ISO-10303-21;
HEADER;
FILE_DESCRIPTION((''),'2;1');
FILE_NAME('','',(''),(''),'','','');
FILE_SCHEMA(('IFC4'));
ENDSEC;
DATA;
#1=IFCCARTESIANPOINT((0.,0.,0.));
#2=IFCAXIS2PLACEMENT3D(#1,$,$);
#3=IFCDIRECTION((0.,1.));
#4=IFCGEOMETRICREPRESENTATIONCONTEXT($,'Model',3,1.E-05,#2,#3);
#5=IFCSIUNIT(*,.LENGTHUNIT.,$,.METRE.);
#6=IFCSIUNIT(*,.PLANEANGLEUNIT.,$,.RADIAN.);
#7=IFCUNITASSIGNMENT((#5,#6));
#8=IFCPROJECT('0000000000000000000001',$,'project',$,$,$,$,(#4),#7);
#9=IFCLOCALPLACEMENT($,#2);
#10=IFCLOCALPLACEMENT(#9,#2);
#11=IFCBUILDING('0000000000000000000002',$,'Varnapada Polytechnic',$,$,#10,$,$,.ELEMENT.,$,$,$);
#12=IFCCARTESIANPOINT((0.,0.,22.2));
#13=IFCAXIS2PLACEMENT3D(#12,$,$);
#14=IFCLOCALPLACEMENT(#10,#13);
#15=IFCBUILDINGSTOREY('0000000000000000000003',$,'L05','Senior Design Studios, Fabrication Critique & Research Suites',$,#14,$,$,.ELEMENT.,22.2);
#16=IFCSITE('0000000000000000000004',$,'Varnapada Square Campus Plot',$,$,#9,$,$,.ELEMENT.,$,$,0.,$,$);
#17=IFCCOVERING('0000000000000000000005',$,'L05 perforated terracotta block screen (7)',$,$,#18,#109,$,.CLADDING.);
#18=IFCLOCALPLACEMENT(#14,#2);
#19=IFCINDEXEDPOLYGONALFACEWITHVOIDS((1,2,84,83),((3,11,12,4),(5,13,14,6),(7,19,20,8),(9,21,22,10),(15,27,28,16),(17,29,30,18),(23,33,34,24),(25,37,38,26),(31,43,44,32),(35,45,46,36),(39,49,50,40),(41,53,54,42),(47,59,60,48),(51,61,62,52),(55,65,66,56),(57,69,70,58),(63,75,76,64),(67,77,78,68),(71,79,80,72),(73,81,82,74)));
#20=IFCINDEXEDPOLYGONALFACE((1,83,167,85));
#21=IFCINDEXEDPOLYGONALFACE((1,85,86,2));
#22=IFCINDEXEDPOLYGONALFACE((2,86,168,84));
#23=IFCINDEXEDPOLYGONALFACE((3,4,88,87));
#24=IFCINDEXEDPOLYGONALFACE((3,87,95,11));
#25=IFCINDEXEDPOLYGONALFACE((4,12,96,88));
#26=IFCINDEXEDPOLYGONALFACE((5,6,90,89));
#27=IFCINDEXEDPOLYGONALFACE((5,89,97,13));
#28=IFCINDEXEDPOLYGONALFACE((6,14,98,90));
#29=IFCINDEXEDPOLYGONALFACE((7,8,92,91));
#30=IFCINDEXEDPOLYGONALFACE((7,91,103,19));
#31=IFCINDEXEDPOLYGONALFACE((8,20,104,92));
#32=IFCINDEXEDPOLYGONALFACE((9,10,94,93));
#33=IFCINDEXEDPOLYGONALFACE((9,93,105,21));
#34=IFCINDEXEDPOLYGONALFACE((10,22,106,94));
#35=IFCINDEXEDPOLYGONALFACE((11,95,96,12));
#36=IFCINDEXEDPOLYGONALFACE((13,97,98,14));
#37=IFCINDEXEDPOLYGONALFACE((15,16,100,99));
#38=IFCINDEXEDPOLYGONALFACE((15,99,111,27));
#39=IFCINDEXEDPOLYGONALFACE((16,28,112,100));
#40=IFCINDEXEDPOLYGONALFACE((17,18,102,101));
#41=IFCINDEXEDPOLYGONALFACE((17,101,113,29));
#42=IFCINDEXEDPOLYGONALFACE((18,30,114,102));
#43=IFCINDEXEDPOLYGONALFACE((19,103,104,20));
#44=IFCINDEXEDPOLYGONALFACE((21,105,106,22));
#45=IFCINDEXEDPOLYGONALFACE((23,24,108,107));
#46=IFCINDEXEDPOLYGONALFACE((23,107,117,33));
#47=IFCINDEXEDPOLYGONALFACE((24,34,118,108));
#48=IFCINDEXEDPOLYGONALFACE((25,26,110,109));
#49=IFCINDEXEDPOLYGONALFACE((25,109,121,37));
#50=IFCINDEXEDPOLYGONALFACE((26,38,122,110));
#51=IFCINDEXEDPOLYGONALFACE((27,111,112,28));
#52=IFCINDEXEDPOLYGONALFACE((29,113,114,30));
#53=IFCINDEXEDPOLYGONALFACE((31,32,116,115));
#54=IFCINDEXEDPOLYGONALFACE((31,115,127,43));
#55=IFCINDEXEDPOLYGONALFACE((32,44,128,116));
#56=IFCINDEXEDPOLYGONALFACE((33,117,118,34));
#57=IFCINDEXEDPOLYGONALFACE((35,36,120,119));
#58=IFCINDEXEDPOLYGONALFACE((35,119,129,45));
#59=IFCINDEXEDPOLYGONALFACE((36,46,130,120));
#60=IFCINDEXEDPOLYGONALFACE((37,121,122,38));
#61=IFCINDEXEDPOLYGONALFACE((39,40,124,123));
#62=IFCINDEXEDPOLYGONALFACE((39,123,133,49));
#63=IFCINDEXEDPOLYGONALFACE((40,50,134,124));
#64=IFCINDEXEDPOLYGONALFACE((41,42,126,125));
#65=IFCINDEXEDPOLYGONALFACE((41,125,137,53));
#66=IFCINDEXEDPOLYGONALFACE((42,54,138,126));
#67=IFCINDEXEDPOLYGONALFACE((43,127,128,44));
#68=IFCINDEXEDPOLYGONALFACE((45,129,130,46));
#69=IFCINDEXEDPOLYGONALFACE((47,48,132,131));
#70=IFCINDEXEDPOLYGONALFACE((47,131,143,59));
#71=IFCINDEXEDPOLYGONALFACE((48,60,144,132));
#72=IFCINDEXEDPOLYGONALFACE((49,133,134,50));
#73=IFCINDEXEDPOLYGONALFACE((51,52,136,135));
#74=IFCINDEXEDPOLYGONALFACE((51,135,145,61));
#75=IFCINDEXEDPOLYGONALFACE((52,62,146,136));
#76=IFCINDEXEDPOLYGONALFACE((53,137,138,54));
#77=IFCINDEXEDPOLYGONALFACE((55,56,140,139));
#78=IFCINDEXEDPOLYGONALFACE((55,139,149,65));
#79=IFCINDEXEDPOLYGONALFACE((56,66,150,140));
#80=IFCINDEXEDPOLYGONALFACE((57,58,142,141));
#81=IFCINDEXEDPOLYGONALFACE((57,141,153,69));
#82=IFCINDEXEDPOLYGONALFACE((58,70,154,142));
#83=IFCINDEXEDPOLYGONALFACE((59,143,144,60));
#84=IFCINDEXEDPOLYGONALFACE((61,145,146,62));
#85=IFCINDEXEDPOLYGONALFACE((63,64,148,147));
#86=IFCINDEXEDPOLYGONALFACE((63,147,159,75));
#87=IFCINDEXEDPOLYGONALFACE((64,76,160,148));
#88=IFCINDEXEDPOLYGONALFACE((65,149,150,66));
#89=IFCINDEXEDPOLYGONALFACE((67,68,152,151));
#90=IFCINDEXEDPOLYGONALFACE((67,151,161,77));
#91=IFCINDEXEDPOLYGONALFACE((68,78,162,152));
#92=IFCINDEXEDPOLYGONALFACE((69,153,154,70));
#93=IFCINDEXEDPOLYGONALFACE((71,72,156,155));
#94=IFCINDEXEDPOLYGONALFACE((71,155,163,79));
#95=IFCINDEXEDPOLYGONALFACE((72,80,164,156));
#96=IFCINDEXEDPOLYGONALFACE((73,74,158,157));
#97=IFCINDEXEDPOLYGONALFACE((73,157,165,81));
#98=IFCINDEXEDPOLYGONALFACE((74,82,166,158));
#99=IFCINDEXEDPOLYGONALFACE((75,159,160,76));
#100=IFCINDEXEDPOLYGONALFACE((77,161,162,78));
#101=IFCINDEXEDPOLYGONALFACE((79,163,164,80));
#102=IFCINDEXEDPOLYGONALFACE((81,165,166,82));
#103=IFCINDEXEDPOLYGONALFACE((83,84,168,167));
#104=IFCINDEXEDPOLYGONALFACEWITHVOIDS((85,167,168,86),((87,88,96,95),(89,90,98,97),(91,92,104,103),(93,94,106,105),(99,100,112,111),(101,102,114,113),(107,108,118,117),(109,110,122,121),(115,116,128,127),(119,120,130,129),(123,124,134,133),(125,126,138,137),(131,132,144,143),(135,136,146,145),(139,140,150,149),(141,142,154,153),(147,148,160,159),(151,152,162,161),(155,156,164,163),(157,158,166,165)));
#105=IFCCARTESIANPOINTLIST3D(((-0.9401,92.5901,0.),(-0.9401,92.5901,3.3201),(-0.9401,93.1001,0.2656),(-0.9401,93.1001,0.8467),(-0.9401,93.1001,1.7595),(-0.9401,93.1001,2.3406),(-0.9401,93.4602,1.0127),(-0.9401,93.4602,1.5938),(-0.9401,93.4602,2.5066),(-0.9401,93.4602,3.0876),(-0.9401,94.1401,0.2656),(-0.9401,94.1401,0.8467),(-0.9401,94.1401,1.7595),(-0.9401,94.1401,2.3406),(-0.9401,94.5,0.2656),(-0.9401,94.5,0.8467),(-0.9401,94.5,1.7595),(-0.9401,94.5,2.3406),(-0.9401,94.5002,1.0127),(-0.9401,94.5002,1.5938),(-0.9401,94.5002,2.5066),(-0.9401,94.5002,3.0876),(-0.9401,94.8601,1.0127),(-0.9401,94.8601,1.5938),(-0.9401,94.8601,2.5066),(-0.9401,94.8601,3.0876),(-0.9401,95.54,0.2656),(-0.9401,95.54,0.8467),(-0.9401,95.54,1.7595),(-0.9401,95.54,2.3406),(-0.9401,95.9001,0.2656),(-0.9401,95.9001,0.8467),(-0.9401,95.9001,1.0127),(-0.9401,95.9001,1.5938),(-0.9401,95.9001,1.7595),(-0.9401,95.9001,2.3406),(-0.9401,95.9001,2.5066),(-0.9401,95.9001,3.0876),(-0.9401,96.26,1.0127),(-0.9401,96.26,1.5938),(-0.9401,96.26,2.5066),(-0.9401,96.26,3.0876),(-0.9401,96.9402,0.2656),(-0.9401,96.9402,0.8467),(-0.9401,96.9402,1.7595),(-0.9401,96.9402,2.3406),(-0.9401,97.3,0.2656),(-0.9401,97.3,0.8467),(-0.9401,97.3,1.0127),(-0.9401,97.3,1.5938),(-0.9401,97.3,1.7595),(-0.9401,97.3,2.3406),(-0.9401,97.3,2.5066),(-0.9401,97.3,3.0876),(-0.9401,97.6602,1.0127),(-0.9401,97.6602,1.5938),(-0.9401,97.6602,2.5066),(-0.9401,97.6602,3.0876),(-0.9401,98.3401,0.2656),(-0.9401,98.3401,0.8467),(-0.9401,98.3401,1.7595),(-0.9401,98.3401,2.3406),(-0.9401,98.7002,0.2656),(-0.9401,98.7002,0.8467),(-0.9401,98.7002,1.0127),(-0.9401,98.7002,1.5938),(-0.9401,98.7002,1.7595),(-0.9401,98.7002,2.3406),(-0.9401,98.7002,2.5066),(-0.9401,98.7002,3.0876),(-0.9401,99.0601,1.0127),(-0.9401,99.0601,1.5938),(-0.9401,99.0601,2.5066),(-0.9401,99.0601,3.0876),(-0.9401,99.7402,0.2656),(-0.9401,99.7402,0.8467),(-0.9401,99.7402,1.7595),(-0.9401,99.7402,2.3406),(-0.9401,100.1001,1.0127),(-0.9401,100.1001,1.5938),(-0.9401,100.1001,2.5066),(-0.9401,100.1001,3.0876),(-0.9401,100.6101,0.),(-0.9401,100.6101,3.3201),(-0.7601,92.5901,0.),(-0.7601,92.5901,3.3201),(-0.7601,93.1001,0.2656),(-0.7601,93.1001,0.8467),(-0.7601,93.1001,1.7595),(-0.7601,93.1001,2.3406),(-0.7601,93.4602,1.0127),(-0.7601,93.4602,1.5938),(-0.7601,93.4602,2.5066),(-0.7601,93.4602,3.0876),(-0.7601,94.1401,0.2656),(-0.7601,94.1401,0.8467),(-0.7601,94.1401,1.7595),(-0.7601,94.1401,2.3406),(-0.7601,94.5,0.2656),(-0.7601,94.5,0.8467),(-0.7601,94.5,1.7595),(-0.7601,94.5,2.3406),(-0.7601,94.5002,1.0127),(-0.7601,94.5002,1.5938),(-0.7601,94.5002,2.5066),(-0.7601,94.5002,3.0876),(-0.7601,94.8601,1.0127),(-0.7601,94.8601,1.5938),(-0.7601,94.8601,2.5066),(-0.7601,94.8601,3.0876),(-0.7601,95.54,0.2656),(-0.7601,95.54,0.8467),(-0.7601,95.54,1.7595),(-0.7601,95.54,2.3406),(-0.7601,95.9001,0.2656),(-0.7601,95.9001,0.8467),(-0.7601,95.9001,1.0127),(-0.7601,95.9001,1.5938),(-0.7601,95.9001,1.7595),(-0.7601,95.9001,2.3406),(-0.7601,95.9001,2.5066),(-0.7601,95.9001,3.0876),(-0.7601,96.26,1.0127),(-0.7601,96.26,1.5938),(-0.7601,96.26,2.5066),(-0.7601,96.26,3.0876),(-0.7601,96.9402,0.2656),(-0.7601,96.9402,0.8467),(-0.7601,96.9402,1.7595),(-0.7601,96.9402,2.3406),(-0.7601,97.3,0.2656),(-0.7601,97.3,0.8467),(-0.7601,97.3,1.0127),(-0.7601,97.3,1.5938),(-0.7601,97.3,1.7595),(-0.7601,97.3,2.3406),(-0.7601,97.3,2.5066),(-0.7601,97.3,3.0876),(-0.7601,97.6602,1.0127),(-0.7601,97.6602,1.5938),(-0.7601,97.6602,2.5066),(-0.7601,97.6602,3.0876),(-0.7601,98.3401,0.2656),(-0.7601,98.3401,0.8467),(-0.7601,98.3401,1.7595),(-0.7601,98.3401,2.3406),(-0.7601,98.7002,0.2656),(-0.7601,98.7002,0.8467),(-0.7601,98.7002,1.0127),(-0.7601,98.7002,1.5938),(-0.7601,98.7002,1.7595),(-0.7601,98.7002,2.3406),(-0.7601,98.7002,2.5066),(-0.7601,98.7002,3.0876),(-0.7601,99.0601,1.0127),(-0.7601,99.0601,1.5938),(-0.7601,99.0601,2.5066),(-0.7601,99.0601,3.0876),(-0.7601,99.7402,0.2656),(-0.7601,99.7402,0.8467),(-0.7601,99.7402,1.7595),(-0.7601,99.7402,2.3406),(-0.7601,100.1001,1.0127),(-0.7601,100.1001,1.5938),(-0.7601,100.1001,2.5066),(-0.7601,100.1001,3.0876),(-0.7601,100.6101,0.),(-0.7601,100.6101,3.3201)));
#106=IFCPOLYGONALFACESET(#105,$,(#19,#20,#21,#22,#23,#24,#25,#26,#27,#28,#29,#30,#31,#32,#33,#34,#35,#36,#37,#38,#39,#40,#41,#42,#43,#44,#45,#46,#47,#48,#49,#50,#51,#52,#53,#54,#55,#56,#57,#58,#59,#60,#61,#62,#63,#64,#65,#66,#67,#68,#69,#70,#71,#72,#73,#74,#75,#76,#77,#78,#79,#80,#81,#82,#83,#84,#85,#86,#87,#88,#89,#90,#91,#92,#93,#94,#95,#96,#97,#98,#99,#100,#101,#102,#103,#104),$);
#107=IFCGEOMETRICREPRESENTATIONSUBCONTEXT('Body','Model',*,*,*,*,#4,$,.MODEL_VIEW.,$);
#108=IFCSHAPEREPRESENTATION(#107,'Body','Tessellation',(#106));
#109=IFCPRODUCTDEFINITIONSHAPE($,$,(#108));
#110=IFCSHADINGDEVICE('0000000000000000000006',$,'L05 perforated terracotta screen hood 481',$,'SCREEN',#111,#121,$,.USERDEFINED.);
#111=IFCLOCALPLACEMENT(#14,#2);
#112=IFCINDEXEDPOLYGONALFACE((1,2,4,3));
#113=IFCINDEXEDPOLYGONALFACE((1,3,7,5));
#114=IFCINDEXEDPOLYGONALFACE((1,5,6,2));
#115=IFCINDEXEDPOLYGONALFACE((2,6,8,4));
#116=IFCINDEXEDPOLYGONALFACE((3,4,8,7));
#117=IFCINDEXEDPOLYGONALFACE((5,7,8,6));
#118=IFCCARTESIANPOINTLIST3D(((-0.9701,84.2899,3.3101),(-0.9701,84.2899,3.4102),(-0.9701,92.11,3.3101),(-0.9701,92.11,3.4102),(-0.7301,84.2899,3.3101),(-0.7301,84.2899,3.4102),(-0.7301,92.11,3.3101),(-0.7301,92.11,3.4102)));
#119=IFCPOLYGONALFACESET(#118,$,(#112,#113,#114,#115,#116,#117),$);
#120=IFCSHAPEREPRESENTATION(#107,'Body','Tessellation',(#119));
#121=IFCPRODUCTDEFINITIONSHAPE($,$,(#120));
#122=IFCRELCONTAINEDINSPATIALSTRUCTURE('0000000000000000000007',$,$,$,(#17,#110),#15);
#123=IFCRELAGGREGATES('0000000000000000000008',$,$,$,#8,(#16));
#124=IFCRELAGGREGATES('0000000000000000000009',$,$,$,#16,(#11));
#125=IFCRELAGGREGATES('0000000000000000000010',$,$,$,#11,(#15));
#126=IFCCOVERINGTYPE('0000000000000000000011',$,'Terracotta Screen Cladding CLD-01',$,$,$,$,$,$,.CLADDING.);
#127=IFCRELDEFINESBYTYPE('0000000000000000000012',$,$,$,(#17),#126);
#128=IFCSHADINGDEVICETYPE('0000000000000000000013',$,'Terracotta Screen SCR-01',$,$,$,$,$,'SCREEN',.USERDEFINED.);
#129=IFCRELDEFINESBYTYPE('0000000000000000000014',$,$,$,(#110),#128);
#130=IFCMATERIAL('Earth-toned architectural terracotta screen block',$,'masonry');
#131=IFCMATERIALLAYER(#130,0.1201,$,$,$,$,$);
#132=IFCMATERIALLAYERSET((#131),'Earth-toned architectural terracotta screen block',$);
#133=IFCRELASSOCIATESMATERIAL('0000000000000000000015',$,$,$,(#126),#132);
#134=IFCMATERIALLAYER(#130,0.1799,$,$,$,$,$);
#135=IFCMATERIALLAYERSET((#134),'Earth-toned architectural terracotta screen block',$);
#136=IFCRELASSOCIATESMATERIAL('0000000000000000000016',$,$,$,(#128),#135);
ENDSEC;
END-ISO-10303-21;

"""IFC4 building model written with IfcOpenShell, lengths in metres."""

from ifc_helpers import new_model, si_unit, direction, frame, frame_2d, origin, origin_2d, place, context, subcontext, project, spatial, rectangle, extrude, material, layer, layer_set, type_object, element, save


model = new_model("IFC4")

# Units and contexts
model_context = context("Model", 3, precision=1e-05, world=origin(), true_north=direction((0.0, 1.0)))
body_context = subcontext(model_context, "Body", "Model", "MODEL_VIEW")
ifc_project = project(units=[si_unit("LENGTHUNIT", "METRE"), si_unit("PLANEANGLEUNIT", "RADIAN")], contexts=[model_context])

# Site, building, storey
site_placement = place(None, origin())
site = spatial("IfcSite", under=ifc_project, at=site_placement, Name="Varnapada Square Campus Plot", CompositionType="ELEMENT", RefElevation=0.0)
building_placement = place(site_placement, origin())
building = spatial("IfcBuilding", under=site, at=building_placement, Name="Varnapada Polytechnic", CompositionType="ELEMENT")
storey_placement = place(building_placement, frame((0.0, 0.0, 22.2)))
storey = spatial("IfcBuildingStorey", under=building, at=storey_placement, Name="L05", Description="Senior Design Studios, Fabrication Critique & Research Suites", CompositionType="ELEMENT", Elevation=22.2)

# Covering, openings
ifc_material_1 = material(Name="Earth-toned architectural terracotta screen block", Category="masonry")
ifc_layer_1 = layer(ifc_material_1, 0.1201)
ifc_layer_set_1 = layer_set([ifc_layer_1], Name="Earth-toned architectural terracotta screen block")
covering_type = type_object("IfcCoveringType", Name="Terracotta Screen Cladding CLD-01", PredefinedType="CLADDING", material=ifc_layer_set_1)
covering_placement = place(storey_placement, frame((-0.8501, 92.5901, 0.0), z_axis=(0.0, 0.0, 1.0), x_axis=(0.0, 1.0, 0.0)))
covering = element("IfcCovering", 1, at=covering_placement, inside=storey, type_object=covering_type, Name="L05 perforated terracotta block screen (7)", PredefinedType="CLADDING", context=body_context, shape_type="SweptSolid", body=[
    extrude(rectangle(XDim=8.02, YDim=0.1799, at=frame_2d((4.01, 0.0))), origin(), (0.0, 0.0, 1.0), 3.3201),
])
opening_1_placement = place(covering_placement, frame((0.51, 0.0, 0.2656)))
element("IfcOpeningElement", 2, at=opening_1_placement, cuts=covering, PredefinedType="OPENING", context=body_context, shape_type="SweptSolid", body=[
    extrude(rectangle(XDim=1.04, YDim=0.5811, at=frame_2d((0.52, 0.2905))), frame((0.0, 0.0999, 0.0), z_axis=(0.0, -1.0, 0.0), x_axis=(1.0, 0.0, 0.0)), (0.0, 0.0, 1.0), 0.2),
])
opening_2_placement = place(covering_placement, frame((1.9099, 0.0, 0.2656)))
element("IfcOpeningElement", 3, at=opening_2_placement, cuts=covering, PredefinedType="OPENING", context=body_context, shape_type="SweptSolid", body=[
    extrude(rectangle(XDim=1.04, YDim=0.5811, at=frame_2d((0.52, 0.2905))), frame((0.0, 0.0999, 0.0), z_axis=(0.0, -1.0, 0.0), x_axis=(1.0, 0.0, 0.0)), (0.0, 0.0, 1.0), 0.2),
])
opening_3_placement = place(covering_placement, frame((3.3101, 0.0, 0.2656)))
element("IfcOpeningElement", 4, at=opening_3_placement, cuts=covering, PredefinedType="OPENING", context=body_context, shape_type="SweptSolid", body=[
    extrude(rectangle(XDim=1.04, YDim=0.5811, at=frame_2d((0.52, 0.2905))), frame((0.0, 0.0999, 0.0), z_axis=(0.0, -1.0, 0.0), x_axis=(1.0, 0.0, 0.0)), (0.0, 0.0, 1.0), 0.2),
])
opening_4_placement = place(covering_placement, frame((4.71, 0.0, 0.2656)))
element("IfcOpeningElement", 5, at=opening_4_placement, cuts=covering, PredefinedType="OPENING", context=body_context, shape_type="SweptSolid", body=[
    extrude(rectangle(XDim=1.04, YDim=0.5811, at=frame_2d((0.52, 0.2905))), frame((0.0, 0.0999, 0.0), z_axis=(0.0, -1.0, 0.0), x_axis=(1.0, 0.0, 0.0)), (0.0, 0.0, 1.0), 0.2),
])
opening_5_placement = place(covering_placement, frame((6.1101, 0.0, 0.2656)))
element("IfcOpeningElement", 6, at=opening_5_placement, cuts=covering, PredefinedType="OPENING", context=body_context, shape_type="SweptSolid", body=[
    extrude(rectangle(XDim=1.04, YDim=0.5811, at=frame_2d((0.52, 0.2905))), frame((0.0, 0.0999, 0.0), z_axis=(0.0, -1.0, 0.0), x_axis=(1.0, 0.0, 0.0)), (0.0, 0.0, 1.0), 0.2),
])
opening_6_placement = place(covering_placement, frame((0.8701, 0.0, 1.0127)))
element("IfcOpeningElement", 7, at=opening_6_placement, cuts=covering, PredefinedType="OPENING", context=body_context, shape_type="SweptSolid", body=[
    extrude(rectangle(XDim=1.04, YDim=0.5811, at=frame_2d((0.52, 0.2905))), frame((0.0, 0.0999, 0.0), z_axis=(0.0, -1.0, 0.0), x_axis=(1.0, 0.0, 0.0)), (0.0, 0.0, 1.0), 0.2),
])
opening_7_placement = place(covering_placement, frame((2.27, 0.0, 1.0127)))
element("IfcOpeningElement", 8, at=opening_7_placement, cuts=covering, PredefinedType="OPENING", context=body_context, shape_type="SweptSolid", body=[
    extrude(rectangle(XDim=1.04, YDim=0.5811, at=frame_2d((0.52, 0.2905))), frame((0.0, 0.0999, 0.0), z_axis=(0.0, -1.0, 0.0), x_axis=(1.0, 0.0, 0.0)), (0.0, 0.0, 1.0), 0.2),
])
opening_8_placement = place(covering_placement, frame((3.6699, 0.0, 1.0127)))
element("IfcOpeningElement", 9, at=opening_8_placement, cuts=covering, PredefinedType="OPENING", context=body_context, shape_type="SweptSolid", body=[
    extrude(rectangle(XDim=1.04, YDim=0.5811, at=frame_2d((0.52, 0.2905))), frame((0.0, 0.0999, 0.0), z_axis=(0.0, -1.0, 0.0), x_axis=(1.0, 0.0, 0.0)), (0.0, 0.0, 1.0), 0.2),
])
opening_9_placement = place(covering_placement, frame((5.0701, 0.0, 1.0127)))
element("IfcOpeningElement", 10, at=opening_9_placement, cuts=covering, PredefinedType="OPENING", context=body_context, shape_type="SweptSolid", body=[
    extrude(rectangle(XDim=1.04, YDim=0.5811, at=frame_2d((0.52, 0.2905))), frame((0.0, 0.0999, 0.0), z_axis=(0.0, -1.0, 0.0), x_axis=(1.0, 0.0, 0.0)), (0.0, 0.0, 1.0), 0.2),
])
opening_10_placement = place(covering_placement, frame((6.47, 0.0, 1.0127)))
element("IfcOpeningElement", 11, at=opening_10_placement, cuts=covering, PredefinedType="OPENING", context=body_context, shape_type="SweptSolid", body=[
    extrude(rectangle(XDim=1.04, YDim=0.5811, at=frame_2d((0.52, 0.2905))), frame((0.0, 0.0999, 0.0), z_axis=(0.0, -1.0, 0.0), x_axis=(1.0, 0.0, 0.0)), (0.0, 0.0, 1.0), 0.2),
])
opening_11_placement = place(covering_placement, frame((0.51, 0.0, 1.7595)))
element("IfcOpeningElement", 12, at=opening_11_placement, cuts=covering, PredefinedType="OPENING", context=body_context, shape_type="SweptSolid", body=[
    extrude(rectangle(XDim=1.04, YDim=0.5811, at=frame_2d((0.52, 0.2905))), frame((0.0, 0.0999, 0.0), z_axis=(0.0, -1.0, 0.0), x_axis=(1.0, 0.0, 0.0)), (0.0, 0.0, 1.0), 0.2),
])
opening_12_placement = place(covering_placement, frame((1.9099, 0.0, 1.7595)))
element("IfcOpeningElement", 13, at=opening_12_placement, cuts=covering, PredefinedType="OPENING", context=body_context, shape_type="SweptSolid", body=[
    extrude(rectangle(XDim=1.04, YDim=0.5811, at=frame_2d((0.52, 0.2905))), frame((0.0, 0.0999, 0.0), z_axis=(0.0, -1.0, 0.0), x_axis=(1.0, 0.0, 0.0)), (0.0, 0.0, 1.0), 0.2),
])
opening_13_placement = place(covering_placement, frame((3.3101, 0.0, 1.7595)))
element("IfcOpeningElement", 14, at=opening_13_placement, cuts=covering, PredefinedType="OPENING", context=body_context, shape_type="SweptSolid", body=[
    extrude(rectangle(XDim=1.04, YDim=0.5811, at=frame_2d((0.52, 0.2905))), frame((0.0, 0.0999, 0.0), z_axis=(0.0, -1.0, 0.0), x_axis=(1.0, 0.0, 0.0)), (0.0, 0.0, 1.0), 0.2),
])
opening_14_placement = place(covering_placement, frame((4.71, 0.0, 1.7595)))
element("IfcOpeningElement", 15, at=opening_14_placement, cuts=covering, PredefinedType="OPENING", context=body_context, shape_type="SweptSolid", body=[
    extrude(rectangle(XDim=1.04, YDim=0.5811, at=frame_2d((0.52, 0.2905))), frame((0.0, 0.0999, 0.0), z_axis=(0.0, -1.0, 0.0), x_axis=(1.0, 0.0, 0.0)), (0.0, 0.0, 1.0), 0.2),
])
opening_15_placement = place(covering_placement, frame((6.1101, 0.0, 1.7595)))
element("IfcOpeningElement", 16, at=opening_15_placement, cuts=covering, PredefinedType="OPENING", context=body_context, shape_type="SweptSolid", body=[
    extrude(rectangle(XDim=1.04, YDim=0.5811, at=frame_2d((0.52, 0.2905))), frame((0.0, 0.0999, 0.0), z_axis=(0.0, -1.0, 0.0), x_axis=(1.0, 0.0, 0.0)), (0.0, 0.0, 1.0), 0.2),
])
opening_16_placement = place(covering_placement, frame((0.8701, 0.0, 2.5066)))
element("IfcOpeningElement", 17, at=opening_16_placement, cuts=covering, PredefinedType="OPENING", context=body_context, shape_type="SweptSolid", body=[
    extrude(rectangle(XDim=1.04, YDim=0.5811, at=frame_2d((0.52, 0.2905))), frame((0.0, 0.0999, 0.0), z_axis=(0.0, -1.0, 0.0), x_axis=(1.0, 0.0, 0.0)), (0.0, 0.0, 1.0), 0.2),
])
opening_17_placement = place(covering_placement, frame((2.27, 0.0, 2.5066)))
element("IfcOpeningElement", 18, at=opening_17_placement, cuts=covering, PredefinedType="OPENING", context=body_context, shape_type="SweptSolid", body=[
    extrude(rectangle(XDim=1.04, YDim=0.5811, at=frame_2d((0.52, 0.2905))), frame((0.0, 0.0999, 0.0), z_axis=(0.0, -1.0, 0.0), x_axis=(1.0, 0.0, 0.0)), (0.0, 0.0, 1.0), 0.2),
])
opening_18_placement = place(covering_placement, frame((3.6699, 0.0, 2.5066)))
element("IfcOpeningElement", 19, at=opening_18_placement, cuts=covering, PredefinedType="OPENING", context=body_context, shape_type="SweptSolid", body=[
    extrude(rectangle(XDim=1.04, YDim=0.5811, at=frame_2d((0.52, 0.2905))), frame((0.0, 0.0999, 0.0), z_axis=(0.0, -1.0, 0.0), x_axis=(1.0, 0.0, 0.0)), (0.0, 0.0, 1.0), 0.2),
])
opening_19_placement = place(covering_placement, frame((5.0701, 0.0, 2.5066)))
element("IfcOpeningElement", 20, at=opening_19_placement, cuts=covering, PredefinedType="OPENING", context=body_context, shape_type="SweptSolid", body=[
    extrude(rectangle(XDim=1.04, YDim=0.5811, at=frame_2d((0.52, 0.2905))), frame((0.0, 0.0999, 0.0), z_axis=(0.0, -1.0, 0.0), x_axis=(1.0, 0.0, 0.0)), (0.0, 0.0, 1.0), 0.2),
])
opening_20_placement = place(covering_placement, frame((6.47, 0.0, 2.5066)))
element("IfcOpeningElement", 21, at=opening_20_placement, cuts=covering, PredefinedType="OPENING", context=body_context, shape_type="SweptSolid", body=[
    extrude(rectangle(XDim=1.04, YDim=0.5811, at=frame_2d((0.52, 0.2905))), frame((0.0, 0.0999, 0.0), z_axis=(0.0, -1.0, 0.0), x_axis=(1.0, 0.0, 0.0)), (0.0, 0.0, 1.0), 0.2),
])

# Shading device
ifc_layer_2 = layer(ifc_material_1, 0.1799)
ifc_layer_set_2 = layer_set([ifc_layer_2], Name="Earth-toned architectural terracotta screen block")
shading_device_type = type_object("IfcShadingDeviceType", Name="Terracotta Screen SCR-01", ElementType="SCREEN", PredefinedType="USERDEFINED", material=ifc_layer_set_2)
for number, where, z_axis, x_axis, name in (
    (22, (-0.8501, 88.2, 3.3101), (0.0, 0.0, 1.0), (0.0, 1.0, 0.0), "L05 perforated terracotta screen hood 481"),
):
    element("IfcShadingDevice", number, at=place(storey_placement, frame(where, z_axis=z_axis, x_axis=x_axis)), inside=storey, type_object=shading_device_type, Name=name, ObjectType="SCREEN", PredefinedType="USERDEFINED", context=body_context, shape_type="SweptSolid", body=[
        extrude(rectangle(XDim=7.8201, YDim=0.24, at=origin_2d()), origin(), (0.0, 0.0, 1.0), 0.1001),
    ])

save(model, "model.ifc")
